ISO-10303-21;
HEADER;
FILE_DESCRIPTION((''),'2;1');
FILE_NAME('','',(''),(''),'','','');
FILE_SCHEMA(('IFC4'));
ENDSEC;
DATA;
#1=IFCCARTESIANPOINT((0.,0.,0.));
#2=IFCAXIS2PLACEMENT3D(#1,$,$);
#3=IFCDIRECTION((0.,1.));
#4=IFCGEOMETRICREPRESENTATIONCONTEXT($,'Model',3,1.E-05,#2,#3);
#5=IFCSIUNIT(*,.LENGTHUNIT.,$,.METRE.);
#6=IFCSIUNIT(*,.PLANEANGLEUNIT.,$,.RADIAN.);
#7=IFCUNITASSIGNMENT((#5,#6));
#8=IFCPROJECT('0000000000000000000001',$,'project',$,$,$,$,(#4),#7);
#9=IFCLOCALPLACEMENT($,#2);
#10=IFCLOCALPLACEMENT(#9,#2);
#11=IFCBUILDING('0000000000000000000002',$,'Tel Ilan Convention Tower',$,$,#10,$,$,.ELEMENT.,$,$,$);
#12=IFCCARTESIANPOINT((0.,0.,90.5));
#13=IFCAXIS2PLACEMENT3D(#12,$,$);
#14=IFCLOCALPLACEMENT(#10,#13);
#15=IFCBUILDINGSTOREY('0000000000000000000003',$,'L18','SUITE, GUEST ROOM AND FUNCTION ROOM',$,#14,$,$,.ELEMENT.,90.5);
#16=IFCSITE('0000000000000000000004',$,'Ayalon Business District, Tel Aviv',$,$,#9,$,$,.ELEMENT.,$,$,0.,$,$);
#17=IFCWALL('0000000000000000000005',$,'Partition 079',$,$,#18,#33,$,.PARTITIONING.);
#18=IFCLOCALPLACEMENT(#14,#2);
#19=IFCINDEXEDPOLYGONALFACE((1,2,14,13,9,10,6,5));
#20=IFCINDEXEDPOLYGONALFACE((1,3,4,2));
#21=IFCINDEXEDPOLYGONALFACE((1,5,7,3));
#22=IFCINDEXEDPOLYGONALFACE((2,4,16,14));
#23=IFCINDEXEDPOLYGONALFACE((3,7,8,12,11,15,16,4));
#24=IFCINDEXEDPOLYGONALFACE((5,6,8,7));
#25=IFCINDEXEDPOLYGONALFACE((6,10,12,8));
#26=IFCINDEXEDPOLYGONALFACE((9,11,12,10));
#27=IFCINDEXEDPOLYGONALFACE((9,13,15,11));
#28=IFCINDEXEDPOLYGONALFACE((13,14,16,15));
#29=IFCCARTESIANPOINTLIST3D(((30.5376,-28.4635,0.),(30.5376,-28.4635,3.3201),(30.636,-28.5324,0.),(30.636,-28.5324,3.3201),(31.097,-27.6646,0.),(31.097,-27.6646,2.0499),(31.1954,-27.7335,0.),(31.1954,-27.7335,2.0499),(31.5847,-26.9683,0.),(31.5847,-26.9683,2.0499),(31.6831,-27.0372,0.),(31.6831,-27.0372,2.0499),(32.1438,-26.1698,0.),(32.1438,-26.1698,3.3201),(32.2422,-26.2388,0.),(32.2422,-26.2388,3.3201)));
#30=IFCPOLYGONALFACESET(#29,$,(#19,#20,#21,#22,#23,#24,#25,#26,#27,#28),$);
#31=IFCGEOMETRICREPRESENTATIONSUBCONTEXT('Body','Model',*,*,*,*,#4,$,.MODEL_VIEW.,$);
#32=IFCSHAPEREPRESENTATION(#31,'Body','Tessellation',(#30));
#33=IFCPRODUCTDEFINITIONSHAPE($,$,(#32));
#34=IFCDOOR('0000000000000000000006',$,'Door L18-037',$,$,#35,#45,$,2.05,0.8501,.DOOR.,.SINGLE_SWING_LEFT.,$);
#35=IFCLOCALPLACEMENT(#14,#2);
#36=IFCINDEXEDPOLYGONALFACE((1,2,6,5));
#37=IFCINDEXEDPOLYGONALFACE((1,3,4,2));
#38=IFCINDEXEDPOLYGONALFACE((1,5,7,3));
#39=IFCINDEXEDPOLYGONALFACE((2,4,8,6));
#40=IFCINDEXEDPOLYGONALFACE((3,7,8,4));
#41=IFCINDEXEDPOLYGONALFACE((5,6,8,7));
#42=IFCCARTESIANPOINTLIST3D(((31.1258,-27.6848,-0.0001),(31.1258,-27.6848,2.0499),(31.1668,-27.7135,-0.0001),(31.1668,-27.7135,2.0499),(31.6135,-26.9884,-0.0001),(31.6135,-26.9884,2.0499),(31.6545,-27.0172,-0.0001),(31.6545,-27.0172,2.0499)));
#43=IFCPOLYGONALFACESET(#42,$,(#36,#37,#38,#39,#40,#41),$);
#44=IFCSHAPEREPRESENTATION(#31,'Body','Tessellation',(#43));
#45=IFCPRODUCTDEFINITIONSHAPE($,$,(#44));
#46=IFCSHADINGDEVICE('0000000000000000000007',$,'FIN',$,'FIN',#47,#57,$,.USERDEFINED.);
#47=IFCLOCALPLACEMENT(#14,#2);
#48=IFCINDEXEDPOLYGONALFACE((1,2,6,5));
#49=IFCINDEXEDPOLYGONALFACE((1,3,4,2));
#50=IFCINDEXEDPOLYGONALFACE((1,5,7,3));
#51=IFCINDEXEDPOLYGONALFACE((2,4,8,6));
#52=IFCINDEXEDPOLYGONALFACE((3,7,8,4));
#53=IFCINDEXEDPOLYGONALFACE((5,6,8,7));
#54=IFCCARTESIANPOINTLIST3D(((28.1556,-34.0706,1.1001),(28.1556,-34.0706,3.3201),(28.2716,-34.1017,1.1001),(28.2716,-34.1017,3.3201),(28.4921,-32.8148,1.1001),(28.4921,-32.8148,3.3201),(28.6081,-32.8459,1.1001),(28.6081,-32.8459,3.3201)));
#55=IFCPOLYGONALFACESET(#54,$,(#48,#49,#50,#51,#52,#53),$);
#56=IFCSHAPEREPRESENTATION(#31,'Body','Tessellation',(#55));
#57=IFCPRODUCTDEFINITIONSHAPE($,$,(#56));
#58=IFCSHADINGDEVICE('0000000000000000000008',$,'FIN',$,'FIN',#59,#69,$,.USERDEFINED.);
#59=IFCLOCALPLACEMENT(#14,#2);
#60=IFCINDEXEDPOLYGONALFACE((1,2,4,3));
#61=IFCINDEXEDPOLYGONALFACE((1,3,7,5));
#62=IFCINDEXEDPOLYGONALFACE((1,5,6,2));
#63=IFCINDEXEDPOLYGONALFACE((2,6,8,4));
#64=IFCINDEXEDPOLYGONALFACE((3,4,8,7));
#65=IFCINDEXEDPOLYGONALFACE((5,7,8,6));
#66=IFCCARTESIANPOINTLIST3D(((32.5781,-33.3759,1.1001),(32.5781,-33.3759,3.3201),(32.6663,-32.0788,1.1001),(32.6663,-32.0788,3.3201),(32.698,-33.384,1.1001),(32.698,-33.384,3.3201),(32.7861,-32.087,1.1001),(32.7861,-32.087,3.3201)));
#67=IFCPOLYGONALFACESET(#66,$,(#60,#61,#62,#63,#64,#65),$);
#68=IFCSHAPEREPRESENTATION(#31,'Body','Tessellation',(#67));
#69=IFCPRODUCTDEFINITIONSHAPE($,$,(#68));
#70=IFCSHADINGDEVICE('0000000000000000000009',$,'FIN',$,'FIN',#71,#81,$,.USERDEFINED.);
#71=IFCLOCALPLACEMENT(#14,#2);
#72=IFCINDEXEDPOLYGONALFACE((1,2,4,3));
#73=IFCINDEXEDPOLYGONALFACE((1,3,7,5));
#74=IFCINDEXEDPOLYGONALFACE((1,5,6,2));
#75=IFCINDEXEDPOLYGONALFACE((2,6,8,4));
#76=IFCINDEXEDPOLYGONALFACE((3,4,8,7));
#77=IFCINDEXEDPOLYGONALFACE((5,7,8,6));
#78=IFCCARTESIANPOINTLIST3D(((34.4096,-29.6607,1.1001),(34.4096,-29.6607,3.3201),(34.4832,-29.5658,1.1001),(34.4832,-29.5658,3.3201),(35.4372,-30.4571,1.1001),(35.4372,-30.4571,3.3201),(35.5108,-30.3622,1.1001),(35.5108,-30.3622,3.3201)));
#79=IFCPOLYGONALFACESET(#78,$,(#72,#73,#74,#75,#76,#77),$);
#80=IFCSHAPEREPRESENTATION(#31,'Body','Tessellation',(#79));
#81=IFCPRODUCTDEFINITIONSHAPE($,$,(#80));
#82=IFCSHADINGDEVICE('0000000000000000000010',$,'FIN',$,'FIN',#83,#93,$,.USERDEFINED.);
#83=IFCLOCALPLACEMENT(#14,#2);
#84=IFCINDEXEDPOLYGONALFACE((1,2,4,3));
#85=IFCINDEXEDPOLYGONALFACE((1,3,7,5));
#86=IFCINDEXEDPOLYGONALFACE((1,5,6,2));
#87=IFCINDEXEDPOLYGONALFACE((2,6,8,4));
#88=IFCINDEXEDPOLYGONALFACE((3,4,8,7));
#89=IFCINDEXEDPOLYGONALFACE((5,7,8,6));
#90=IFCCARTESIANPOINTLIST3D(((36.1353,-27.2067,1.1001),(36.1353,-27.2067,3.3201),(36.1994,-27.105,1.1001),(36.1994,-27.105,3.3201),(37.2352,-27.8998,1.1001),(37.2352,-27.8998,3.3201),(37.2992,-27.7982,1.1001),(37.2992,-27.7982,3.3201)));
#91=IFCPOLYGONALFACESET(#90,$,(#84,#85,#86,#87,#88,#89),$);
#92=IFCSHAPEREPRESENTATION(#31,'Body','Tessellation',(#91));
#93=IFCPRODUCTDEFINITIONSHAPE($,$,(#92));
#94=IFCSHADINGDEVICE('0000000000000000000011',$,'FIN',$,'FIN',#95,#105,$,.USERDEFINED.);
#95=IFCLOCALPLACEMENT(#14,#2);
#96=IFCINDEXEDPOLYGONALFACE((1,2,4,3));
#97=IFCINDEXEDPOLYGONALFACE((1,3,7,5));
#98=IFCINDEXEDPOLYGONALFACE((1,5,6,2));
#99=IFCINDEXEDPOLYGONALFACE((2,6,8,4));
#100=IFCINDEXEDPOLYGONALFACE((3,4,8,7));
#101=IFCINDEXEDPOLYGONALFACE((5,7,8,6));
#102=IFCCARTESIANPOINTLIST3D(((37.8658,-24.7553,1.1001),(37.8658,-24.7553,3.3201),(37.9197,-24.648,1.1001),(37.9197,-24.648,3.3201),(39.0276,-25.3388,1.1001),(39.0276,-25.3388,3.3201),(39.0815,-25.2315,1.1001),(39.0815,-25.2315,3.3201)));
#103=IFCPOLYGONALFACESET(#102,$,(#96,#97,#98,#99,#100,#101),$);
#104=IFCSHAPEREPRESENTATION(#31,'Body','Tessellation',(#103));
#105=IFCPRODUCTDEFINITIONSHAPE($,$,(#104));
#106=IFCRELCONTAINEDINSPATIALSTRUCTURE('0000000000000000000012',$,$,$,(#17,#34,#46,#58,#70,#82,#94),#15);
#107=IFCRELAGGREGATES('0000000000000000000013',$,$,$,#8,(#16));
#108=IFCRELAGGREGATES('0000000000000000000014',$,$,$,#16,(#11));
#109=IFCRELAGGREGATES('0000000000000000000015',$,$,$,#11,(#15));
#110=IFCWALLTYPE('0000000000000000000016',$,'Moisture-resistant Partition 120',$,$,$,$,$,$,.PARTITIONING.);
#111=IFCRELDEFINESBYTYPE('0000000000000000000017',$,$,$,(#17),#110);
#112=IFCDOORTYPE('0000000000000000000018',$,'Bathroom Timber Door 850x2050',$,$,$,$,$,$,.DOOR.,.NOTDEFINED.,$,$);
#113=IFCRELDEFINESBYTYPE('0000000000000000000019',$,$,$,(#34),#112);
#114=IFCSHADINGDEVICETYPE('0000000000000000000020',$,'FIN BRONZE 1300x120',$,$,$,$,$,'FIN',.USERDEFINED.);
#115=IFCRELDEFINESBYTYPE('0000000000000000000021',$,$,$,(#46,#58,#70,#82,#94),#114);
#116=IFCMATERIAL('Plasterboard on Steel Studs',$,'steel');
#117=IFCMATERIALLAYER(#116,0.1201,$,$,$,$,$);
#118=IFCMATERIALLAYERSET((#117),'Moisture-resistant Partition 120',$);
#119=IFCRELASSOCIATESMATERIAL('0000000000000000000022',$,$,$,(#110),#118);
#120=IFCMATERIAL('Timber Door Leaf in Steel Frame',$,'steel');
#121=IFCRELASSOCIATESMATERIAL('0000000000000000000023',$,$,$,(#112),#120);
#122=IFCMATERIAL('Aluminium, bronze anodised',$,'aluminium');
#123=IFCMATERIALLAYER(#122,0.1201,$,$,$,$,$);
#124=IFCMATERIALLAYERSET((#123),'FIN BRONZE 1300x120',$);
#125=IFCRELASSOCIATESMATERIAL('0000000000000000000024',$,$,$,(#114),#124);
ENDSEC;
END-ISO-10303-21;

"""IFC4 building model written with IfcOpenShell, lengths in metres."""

from ifc_helpers import new_model, si_unit, direction, frame, frame_2d, origin, origin_2d, place, context, subcontext, project, spatial, rectangle, extrude, material, layer, layer_set, type_object, element, fill, save


model = new_model("IFC4")

# Units and contexts
model_context = context("Model", 3, precision=1e-05, world=origin(), true_north=direction((0.0, 1.0)))
body_context = subcontext(model_context, "Body", "Model", "MODEL_VIEW")
ifc_project = project(units=[si_unit("LENGTHUNIT", "METRE"), si_unit("PLANEANGLEUNIT", "RADIAN")], contexts=[model_context])

# Site, building, storey
site_placement = place(None, origin())
site = spatial("IfcSite", under=ifc_project, at=site_placement, Name="Ayalon Business District, Tel Aviv", CompositionType="ELEMENT", RefElevation=0.0)
building_placement = place(site_placement, origin())
building = spatial("IfcBuilding", under=site, at=building_placement, Name="Tel Ilan Convention Tower", CompositionType="ELEMENT")
storey_placement = place(building_placement, frame((0.0, 0.0, 90.5)))
storey = spatial("IfcBuildingStorey", under=building, at=storey_placement, Name="L18", Description="SUITE, GUEST ROOM AND FUNCTION ROOM", CompositionType="ELEMENT", Elevation=90.5)

# Shared definitions
ifc_material_1 = material(Name="Plasterboard on Steel Studs", Category="steel")
ifc_layer_1 = layer(ifc_material_1, 0.1201)
ifc_layer_set_1 = layer_set([ifc_layer_1], Name="Moisture-resistant Partition 120")
wall_type_1 = type_object("IfcWallType", Name="Moisture-resistant Partition 120", PredefinedType="PARTITIONING", material=ifc_layer_set_1)

# Wall, opening, door
wall_1_placement = place(storey_placement, frame((30.5869, -28.4978, 0.0), z_axis=(0.0, 0.0, 1.0), x_axis=(0.573609, 0.81913, 0.0)))
wall_1 = element("IfcWall", 1, at=wall_1_placement, inside=storey, type_object=wall_type_1, Name="Partition 079", PredefinedType="PARTITIONING", context=body_context, shape_type="SweptSolid", body=[
    extrude(rectangle(XDim=2.8, YDim=0.1201, at=frame_2d((1.3999, 0.0))), origin(), (0.0, 0.0, 1.0), 3.3201),
])
opening_1_placement = place(wall_1_placement, frame((0.9751, 0.0, 0.0)))
opening_1 = element("IfcOpeningElement", 2, at=opening_1_placement, cuts=wall_1, PredefinedType="OPENING", context=body_context, shape_type="SweptSolid", body=[
    extrude(rectangle(XDim=0.8501, YDim=2.05, at=frame_2d((0.425, 1.0249))), frame((0.0, 0.0701, 0.0), z_axis=(0.0, -1.0, 0.0), x_axis=(1.0, 0.0, 0.0)), (0.0, 0.0, 1.0), 0.1401),
])
ifc_material_2 = material(Name="Timber Door Leaf in Steel Frame", Category="steel")
door_type_1 = type_object("IfcDoorType", Name="Bathroom Timber Door 850x2050", OperationType="NOTDEFINED", PredefinedType="DOOR", material=ifc_material_2)
door_1_placement = place(opening_1_placement, origin())
door_1 = element("IfcDoor", 3, at=door_1_placement, inside=storey, type_object=door_type_1, Name="Door L18-037", OperationType="SINGLE_SWING_LEFT", OverallHeight=2.05, OverallWidth=0.8501, PredefinedType="DOOR", context=body_context, shape_type="SweptSolid", body=[
    extrude(rectangle(XDim=0.8501, YDim=2.05, at=frame_2d((0.425, 1.0249))), frame((0.0, 0.0249, 0.0), z_axis=(0.0, -1.0, 0.0), x_axis=(1.0, 0.0, 0.0)), (0.0, 0.0, 1.0), 0.05),
])
fill(opening_1, door_1)

# Shading devices
ifc_material_3 = material(Name="Aluminium, bronze anodised", Category="aluminium")
ifc_layer_2 = layer(ifc_material_3, 0.1201)
ifc_layer_set_2 = layer_set([ifc_layer_2], Name="FIN BRONZE 1300x120")
shading_device_type = type_object("IfcShadingDeviceType", Name="FIN BRONZE 1300x120", ElementType="FIN", PredefinedType="USERDEFINED", material=ifc_layer_set_2)
for number, where, z_axis, x_axis, name in (
    (4, (28.3818, -33.4583, 1.1001), (0.0, 0.0, 1.0), (-0.258819, -0.965926, 0.0), "FIN"),
    (5, (32.6821, -32.7314, 1.1001), (0.0, 0.0, 1.0), (-0.067822, -0.997697, 0.0), "FIN"),
    (6, (34.9602, -30.0115, 1.1001), (0.0, 0.0, 1.0), (0.790393, -0.612601, 0.0), "FIN"),
    (7, (36.7173, -27.5024, 1.1001), (0.0, 0.0, 1.0), (0.845986, -0.533204, 0.0), "FIN"),
    (8, (38.4736, -24.9934, 1.1001), (0.0, 0.0, 1.0), (0.893633, -0.448799, 0.0), "FIN"),
):
    element("IfcShadingDevice", number, at=place(storey_placement, frame(where, z_axis=z_axis, x_axis=x_axis)), inside=storey, type_object=shading_device_type, Name=name, ObjectType="FIN", PredefinedType="USERDEFINED", context=body_context, shape_type="SweptSolid", body=[
        extrude(rectangle(XDim=1.3, YDim=0.1201, at=origin_2d()), origin(), (0.0, 0.0, 1.0), 2.22),
    ])

save(model, "model.ifc")
